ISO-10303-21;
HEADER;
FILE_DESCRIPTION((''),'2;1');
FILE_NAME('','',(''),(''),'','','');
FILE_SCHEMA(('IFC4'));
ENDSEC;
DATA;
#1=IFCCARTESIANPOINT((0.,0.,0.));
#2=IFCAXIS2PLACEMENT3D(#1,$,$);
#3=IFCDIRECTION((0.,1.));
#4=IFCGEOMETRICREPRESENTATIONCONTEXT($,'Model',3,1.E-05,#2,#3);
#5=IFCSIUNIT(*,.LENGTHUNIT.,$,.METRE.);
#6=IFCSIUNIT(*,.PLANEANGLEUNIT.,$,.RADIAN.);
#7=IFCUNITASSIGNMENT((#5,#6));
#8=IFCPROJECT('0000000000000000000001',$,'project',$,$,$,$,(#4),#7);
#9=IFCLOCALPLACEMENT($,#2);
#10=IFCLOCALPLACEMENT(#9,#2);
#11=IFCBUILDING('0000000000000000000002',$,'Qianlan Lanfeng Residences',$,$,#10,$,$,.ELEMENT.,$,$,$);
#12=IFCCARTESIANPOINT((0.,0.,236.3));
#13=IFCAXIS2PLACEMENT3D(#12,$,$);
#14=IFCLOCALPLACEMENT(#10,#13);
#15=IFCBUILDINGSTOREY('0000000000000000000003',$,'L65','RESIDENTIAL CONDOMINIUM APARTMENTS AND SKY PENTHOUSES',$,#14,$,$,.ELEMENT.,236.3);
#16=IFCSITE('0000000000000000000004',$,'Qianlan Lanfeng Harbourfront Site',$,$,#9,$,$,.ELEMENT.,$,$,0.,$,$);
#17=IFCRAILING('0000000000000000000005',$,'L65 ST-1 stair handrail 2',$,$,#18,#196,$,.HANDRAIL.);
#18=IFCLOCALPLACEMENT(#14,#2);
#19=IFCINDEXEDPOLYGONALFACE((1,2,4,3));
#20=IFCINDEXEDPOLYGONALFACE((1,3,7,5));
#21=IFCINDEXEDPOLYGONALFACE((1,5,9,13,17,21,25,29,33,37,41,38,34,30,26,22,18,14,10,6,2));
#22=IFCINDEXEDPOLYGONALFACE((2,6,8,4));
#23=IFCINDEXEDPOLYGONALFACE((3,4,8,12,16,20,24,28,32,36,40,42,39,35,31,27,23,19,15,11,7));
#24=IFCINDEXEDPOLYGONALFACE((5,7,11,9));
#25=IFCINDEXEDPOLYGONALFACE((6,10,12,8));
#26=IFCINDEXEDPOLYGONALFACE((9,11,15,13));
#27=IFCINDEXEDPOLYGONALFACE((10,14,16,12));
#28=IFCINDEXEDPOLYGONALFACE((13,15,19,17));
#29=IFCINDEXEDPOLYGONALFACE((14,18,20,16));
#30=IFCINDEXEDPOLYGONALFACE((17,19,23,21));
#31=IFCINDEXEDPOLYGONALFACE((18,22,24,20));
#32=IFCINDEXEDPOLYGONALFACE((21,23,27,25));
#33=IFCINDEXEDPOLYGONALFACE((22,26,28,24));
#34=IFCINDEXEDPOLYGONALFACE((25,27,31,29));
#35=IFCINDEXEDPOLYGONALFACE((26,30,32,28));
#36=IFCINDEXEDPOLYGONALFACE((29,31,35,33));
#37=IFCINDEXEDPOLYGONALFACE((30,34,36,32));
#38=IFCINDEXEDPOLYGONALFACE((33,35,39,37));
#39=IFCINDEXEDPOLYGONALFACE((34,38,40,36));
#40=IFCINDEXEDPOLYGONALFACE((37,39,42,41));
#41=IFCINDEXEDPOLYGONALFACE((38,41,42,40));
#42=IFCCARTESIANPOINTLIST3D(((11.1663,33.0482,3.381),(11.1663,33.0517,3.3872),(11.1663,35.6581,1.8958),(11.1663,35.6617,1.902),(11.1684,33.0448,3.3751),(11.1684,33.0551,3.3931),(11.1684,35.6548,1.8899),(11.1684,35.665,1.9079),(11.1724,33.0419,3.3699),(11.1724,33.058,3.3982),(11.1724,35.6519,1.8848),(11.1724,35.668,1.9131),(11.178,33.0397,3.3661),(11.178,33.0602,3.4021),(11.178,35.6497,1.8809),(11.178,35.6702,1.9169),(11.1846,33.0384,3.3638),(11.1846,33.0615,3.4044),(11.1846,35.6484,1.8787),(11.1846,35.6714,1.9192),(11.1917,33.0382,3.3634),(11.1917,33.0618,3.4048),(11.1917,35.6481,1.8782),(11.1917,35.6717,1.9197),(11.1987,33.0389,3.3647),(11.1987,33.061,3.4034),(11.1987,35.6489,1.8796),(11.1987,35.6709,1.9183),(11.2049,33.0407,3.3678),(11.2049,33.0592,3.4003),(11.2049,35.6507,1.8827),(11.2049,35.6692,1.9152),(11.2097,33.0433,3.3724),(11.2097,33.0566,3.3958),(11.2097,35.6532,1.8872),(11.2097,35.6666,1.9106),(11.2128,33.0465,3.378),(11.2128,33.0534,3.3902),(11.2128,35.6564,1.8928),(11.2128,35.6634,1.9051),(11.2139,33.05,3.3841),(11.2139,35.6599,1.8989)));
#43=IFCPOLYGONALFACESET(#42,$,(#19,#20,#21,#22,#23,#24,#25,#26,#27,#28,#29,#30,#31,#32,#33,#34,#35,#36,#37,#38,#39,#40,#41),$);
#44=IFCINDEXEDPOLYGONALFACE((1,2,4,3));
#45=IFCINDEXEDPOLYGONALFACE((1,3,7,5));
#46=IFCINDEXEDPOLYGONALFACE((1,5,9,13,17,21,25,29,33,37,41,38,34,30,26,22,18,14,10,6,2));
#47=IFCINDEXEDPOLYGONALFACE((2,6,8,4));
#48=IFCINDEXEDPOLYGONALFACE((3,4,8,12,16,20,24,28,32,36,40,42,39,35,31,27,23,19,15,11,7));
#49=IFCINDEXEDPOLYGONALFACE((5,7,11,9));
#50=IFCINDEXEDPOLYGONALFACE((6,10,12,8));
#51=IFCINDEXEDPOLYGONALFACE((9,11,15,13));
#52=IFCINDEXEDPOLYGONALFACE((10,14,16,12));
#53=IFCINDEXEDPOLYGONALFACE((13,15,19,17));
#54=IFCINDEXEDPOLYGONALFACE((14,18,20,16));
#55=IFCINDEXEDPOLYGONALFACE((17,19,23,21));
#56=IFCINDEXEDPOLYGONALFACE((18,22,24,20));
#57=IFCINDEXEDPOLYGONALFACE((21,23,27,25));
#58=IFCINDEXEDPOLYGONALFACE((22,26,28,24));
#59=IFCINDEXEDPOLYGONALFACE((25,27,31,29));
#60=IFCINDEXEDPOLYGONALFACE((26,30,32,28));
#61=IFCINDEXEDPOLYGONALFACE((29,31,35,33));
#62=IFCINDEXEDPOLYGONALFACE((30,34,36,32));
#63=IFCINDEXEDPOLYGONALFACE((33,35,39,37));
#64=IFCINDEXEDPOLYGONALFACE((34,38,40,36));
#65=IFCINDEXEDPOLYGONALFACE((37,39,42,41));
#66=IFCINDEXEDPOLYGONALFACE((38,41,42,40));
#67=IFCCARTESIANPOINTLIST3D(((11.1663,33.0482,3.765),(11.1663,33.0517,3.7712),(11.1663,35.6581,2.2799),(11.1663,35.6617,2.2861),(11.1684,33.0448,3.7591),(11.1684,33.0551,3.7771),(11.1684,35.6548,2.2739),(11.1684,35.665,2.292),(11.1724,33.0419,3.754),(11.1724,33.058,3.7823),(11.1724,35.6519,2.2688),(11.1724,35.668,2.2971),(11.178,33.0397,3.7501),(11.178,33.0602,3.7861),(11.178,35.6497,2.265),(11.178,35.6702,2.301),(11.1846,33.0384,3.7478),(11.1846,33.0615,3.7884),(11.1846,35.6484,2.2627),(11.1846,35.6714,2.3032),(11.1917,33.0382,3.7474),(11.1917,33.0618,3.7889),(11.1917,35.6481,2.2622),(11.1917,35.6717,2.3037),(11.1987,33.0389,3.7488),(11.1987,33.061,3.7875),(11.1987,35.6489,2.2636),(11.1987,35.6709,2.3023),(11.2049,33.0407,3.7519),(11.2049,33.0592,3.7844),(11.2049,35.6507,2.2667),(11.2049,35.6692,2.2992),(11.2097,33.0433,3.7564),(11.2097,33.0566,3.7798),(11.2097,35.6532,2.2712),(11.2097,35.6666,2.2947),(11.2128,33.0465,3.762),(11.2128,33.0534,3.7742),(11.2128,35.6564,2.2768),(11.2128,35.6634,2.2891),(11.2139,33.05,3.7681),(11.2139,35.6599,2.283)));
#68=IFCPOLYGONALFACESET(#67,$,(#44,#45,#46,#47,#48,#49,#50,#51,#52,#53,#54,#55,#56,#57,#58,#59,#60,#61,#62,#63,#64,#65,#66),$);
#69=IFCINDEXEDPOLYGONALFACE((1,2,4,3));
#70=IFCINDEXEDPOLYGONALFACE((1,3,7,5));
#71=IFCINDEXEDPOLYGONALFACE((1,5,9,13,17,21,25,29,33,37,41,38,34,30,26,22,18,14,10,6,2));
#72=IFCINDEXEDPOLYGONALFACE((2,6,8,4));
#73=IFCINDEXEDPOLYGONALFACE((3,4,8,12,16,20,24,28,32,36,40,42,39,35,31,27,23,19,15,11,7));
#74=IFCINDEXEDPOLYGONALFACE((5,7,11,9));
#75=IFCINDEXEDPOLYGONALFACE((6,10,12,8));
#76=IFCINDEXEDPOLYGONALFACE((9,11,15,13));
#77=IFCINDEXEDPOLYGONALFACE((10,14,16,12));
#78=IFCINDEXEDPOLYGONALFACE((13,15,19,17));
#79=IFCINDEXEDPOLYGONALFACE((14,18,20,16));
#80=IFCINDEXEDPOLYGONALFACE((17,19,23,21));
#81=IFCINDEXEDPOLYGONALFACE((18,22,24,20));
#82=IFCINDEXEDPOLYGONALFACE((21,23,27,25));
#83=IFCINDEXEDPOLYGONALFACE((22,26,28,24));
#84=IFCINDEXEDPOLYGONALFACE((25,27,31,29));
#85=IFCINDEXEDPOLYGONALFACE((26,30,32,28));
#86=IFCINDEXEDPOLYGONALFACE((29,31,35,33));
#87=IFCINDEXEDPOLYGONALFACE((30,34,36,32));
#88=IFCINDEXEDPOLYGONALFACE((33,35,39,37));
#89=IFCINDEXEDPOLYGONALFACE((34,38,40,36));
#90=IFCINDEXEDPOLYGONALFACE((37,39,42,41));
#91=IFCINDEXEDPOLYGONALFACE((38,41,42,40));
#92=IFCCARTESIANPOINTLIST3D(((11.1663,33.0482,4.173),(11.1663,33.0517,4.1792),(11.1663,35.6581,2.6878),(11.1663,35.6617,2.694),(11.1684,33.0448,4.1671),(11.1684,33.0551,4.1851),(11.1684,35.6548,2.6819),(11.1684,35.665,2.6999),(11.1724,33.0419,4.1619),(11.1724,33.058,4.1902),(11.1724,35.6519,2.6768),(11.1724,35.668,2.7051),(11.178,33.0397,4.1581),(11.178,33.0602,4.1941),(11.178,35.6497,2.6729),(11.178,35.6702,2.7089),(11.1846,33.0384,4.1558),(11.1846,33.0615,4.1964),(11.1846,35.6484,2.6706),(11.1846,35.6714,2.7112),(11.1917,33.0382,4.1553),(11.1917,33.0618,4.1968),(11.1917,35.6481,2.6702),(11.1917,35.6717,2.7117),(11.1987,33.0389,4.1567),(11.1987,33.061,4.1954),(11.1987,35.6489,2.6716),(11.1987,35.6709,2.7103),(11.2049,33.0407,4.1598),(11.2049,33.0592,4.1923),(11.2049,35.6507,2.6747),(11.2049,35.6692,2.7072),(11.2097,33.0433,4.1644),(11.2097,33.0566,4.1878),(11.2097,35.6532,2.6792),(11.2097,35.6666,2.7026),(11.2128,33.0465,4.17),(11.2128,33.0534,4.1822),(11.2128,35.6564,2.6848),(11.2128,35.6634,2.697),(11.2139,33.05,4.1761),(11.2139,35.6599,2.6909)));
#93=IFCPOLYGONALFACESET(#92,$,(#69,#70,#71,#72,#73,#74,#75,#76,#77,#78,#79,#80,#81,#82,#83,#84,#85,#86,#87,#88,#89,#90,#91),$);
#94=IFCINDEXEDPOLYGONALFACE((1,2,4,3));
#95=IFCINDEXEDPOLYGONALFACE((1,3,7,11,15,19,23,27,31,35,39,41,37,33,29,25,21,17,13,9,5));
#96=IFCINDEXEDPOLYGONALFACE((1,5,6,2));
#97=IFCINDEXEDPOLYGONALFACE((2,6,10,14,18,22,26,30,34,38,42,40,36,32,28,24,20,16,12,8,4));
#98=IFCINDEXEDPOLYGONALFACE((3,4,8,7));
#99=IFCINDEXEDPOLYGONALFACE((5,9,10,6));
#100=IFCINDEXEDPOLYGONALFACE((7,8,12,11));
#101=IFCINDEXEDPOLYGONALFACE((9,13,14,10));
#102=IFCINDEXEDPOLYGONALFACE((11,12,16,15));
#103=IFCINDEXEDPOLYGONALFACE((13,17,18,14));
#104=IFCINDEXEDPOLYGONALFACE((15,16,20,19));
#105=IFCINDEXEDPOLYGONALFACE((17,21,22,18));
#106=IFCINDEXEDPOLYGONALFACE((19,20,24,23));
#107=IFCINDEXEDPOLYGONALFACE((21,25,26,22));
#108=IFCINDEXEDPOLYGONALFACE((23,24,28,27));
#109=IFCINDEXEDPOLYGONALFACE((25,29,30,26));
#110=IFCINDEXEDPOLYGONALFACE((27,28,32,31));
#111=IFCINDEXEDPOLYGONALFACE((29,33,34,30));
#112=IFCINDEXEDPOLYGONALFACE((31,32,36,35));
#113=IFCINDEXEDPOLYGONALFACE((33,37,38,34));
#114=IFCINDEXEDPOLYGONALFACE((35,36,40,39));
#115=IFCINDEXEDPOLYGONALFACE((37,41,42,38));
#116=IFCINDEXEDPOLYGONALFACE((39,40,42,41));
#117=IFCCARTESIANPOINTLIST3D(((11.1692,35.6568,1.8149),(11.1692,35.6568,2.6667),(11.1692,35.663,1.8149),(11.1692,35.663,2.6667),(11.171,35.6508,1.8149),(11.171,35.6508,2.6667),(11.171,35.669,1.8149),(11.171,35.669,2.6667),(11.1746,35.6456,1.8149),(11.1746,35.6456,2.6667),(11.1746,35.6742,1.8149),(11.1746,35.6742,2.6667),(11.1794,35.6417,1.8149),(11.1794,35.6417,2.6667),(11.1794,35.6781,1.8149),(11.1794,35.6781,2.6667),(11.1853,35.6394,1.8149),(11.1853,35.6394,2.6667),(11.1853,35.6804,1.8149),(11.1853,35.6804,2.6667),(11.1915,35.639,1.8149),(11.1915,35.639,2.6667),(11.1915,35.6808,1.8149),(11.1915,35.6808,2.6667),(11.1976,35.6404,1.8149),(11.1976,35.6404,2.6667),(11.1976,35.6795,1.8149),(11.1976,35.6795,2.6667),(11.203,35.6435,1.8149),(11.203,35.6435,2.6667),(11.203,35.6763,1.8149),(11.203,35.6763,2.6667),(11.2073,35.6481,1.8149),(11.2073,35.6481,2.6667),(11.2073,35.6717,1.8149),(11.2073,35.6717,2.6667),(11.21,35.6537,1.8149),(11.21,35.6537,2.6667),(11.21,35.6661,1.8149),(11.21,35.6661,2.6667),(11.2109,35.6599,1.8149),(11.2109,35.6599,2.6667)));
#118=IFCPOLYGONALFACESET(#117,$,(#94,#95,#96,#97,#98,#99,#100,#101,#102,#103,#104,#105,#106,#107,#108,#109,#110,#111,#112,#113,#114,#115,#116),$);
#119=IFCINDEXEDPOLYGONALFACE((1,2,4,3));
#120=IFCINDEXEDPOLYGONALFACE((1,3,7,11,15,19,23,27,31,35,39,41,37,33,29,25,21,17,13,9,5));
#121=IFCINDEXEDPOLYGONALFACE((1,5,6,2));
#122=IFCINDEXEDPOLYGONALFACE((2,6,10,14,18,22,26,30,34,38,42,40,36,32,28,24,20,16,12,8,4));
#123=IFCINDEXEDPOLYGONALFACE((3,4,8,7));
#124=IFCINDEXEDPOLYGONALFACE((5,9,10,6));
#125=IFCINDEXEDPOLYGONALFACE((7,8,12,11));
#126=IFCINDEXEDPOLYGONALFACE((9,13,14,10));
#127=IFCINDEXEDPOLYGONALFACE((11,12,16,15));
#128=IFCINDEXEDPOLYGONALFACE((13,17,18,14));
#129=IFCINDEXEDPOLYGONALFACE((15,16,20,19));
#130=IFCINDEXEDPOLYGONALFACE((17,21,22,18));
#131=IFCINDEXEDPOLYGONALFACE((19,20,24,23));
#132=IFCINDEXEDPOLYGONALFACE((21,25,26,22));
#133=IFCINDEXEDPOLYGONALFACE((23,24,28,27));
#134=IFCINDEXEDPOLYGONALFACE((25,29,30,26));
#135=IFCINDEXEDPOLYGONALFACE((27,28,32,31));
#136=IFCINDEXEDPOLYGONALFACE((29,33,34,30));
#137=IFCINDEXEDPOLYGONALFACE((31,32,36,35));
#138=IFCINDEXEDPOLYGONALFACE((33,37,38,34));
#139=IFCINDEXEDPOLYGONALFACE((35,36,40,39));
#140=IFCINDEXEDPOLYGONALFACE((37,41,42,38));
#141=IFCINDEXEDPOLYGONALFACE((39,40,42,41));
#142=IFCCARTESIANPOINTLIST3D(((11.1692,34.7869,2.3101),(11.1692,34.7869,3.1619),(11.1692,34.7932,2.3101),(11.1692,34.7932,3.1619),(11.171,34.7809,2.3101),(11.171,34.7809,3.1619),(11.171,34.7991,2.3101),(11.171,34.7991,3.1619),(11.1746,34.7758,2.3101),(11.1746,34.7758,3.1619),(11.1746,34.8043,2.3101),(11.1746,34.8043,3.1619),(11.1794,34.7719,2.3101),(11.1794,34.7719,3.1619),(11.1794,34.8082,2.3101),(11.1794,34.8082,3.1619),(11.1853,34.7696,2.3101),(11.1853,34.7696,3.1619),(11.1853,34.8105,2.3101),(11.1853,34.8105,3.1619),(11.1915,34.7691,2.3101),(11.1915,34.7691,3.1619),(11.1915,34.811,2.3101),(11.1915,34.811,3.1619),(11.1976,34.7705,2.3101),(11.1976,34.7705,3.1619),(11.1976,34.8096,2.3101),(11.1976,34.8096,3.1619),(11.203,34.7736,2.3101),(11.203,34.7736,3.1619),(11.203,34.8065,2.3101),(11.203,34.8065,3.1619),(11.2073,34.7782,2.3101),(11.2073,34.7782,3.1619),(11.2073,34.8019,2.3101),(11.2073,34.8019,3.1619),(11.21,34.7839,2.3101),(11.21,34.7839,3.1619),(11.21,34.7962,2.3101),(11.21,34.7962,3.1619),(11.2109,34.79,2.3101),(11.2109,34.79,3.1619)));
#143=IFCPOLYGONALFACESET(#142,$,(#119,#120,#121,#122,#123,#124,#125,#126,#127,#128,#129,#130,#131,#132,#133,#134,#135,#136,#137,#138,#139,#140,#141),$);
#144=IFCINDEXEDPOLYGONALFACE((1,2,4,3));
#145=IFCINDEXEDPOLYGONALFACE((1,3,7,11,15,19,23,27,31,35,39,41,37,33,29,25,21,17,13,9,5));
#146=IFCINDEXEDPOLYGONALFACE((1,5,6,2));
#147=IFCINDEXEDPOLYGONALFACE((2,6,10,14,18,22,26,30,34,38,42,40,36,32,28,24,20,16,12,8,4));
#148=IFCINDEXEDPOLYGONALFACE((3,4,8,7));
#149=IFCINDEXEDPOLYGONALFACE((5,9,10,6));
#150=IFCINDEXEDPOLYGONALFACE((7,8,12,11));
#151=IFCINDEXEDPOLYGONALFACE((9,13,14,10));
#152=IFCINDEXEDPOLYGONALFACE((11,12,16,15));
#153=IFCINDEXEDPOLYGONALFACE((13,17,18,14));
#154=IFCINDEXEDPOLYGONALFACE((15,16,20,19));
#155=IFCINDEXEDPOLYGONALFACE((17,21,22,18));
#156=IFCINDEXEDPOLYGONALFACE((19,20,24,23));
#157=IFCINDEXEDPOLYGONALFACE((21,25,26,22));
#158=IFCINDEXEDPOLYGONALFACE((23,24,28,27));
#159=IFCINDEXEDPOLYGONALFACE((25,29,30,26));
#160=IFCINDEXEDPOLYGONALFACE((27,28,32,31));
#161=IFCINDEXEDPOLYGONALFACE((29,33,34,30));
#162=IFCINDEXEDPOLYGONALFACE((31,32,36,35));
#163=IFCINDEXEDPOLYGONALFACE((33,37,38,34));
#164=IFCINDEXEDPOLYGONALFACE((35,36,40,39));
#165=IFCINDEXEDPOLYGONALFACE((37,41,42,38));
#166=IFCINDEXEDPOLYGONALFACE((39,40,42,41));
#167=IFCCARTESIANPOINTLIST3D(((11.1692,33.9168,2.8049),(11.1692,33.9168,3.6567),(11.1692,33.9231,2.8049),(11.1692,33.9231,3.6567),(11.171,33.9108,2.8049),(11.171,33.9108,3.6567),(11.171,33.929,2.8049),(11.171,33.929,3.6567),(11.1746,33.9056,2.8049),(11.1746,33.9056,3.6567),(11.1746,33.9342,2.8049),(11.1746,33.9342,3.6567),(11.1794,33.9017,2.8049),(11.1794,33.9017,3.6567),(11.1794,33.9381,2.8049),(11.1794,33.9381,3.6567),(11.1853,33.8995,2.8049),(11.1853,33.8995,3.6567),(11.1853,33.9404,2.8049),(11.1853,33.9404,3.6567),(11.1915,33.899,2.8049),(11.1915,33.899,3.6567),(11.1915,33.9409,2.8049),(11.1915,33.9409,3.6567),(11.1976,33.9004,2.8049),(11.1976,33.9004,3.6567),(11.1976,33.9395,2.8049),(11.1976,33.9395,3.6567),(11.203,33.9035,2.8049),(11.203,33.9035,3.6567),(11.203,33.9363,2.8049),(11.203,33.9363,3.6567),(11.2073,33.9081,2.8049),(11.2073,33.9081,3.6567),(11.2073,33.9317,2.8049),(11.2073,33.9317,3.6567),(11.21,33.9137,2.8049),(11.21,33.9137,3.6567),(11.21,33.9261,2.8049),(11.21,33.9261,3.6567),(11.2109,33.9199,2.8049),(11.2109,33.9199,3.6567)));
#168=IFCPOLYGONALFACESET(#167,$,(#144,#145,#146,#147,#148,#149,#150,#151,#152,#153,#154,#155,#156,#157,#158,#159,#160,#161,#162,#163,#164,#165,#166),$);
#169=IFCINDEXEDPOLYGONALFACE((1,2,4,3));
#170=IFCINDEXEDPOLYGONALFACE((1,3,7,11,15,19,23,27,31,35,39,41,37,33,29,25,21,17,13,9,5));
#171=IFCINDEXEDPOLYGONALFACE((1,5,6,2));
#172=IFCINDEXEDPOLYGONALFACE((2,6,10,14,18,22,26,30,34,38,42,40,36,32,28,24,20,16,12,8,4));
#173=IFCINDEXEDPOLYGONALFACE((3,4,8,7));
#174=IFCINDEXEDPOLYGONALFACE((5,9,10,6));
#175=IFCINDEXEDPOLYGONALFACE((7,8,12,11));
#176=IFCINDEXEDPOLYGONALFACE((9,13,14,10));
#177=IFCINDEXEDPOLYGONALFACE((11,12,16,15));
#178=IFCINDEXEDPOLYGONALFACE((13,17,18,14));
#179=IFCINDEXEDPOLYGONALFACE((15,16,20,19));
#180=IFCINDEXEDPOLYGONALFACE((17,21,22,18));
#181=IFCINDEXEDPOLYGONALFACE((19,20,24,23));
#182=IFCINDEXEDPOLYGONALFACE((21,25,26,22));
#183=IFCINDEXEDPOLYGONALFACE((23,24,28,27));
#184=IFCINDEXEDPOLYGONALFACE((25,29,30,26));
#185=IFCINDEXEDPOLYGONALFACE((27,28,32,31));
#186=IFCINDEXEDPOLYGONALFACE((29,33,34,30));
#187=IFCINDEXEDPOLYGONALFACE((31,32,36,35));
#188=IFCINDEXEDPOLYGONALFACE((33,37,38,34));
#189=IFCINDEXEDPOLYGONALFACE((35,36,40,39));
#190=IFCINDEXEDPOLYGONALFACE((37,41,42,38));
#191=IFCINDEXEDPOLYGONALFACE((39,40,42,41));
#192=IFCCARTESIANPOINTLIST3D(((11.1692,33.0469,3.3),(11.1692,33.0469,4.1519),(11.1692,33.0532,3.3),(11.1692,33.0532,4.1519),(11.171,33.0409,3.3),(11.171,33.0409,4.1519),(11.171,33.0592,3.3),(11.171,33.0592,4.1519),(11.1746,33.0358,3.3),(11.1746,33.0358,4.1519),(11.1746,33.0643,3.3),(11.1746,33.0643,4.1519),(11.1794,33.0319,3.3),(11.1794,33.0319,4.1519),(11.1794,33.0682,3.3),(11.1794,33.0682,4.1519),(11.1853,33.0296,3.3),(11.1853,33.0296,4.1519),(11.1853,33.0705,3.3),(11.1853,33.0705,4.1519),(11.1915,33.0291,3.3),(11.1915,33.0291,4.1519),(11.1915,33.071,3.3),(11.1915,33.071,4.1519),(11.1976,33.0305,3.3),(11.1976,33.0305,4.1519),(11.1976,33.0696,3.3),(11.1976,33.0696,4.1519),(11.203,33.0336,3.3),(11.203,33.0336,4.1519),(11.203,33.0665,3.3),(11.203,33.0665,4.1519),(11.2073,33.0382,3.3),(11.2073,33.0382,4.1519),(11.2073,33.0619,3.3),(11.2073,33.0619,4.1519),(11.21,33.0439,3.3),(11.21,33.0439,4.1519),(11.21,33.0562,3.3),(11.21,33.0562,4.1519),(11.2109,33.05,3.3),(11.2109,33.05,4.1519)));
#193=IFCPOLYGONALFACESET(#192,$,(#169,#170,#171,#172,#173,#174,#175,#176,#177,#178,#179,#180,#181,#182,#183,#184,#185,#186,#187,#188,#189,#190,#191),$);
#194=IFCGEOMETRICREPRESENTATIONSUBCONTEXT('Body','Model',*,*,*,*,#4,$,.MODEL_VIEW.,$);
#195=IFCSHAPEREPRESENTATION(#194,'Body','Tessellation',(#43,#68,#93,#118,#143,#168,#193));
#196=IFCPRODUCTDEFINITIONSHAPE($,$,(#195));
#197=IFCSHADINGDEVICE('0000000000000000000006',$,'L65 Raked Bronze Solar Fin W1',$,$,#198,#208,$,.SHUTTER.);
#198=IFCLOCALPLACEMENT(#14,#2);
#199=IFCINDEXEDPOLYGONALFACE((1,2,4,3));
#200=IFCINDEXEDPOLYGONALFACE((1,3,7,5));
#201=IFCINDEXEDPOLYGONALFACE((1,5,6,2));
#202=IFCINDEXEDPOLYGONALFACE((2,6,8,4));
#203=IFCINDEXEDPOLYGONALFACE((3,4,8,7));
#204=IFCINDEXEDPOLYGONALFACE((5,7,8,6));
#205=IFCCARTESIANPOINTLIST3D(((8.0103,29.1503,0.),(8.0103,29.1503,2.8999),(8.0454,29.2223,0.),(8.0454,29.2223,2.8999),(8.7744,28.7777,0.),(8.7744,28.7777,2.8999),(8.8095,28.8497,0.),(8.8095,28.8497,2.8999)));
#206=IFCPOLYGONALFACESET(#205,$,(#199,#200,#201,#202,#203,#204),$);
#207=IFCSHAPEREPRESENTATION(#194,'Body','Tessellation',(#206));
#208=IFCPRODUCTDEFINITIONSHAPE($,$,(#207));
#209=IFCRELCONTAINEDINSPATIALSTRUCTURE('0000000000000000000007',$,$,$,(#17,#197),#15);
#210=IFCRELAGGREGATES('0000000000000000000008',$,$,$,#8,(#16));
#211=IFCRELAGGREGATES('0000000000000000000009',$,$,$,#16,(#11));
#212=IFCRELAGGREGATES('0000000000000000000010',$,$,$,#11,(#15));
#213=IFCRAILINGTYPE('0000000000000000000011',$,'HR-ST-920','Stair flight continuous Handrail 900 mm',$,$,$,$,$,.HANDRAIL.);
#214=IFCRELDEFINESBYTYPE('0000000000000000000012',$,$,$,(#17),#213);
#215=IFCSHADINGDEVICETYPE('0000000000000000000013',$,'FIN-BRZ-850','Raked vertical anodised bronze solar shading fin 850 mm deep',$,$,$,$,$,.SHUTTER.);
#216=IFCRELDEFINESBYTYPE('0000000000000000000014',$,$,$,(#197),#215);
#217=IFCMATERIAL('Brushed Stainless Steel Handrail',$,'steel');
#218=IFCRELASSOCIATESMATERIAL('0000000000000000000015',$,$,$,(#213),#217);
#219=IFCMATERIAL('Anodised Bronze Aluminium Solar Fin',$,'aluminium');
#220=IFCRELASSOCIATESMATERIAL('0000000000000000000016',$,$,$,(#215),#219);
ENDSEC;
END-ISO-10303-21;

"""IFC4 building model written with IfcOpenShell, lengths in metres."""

from ifc_helpers import new_model, si_unit, direction, frame, origin, origin_2d, place, context, subcontext, project, spatial, rectangle, circle, extrude, source, transform, mapped, material, type_object, element, save


model = new_model("IFC4")

# Units and contexts
model_context = context("Model", 3, precision=1e-05, world=origin(), true_north=direction((0.0, 1.0)))
body_context = subcontext(model_context, "Body", "Model", "MODEL_VIEW")
ifc_project = project(units=[si_unit("LENGTHUNIT", "METRE"), si_unit("PLANEANGLEUNIT", "RADIAN")], contexts=[model_context])

# Site, building, storey
site_placement = place(None, origin())
site = spatial("IfcSite", under=ifc_project, at=site_placement, Name="Qianlan Lanfeng Harbourfront Site", CompositionType="ELEMENT", RefElevation=0.0)
building_placement = place(site_placement, origin())
building = spatial("IfcBuilding", under=site, at=building_placement, Name="Qianlan Lanfeng Residences", CompositionType="ELEMENT")
storey_placement = place(building_placement, frame((0.0, 0.0, 236.3)))
storey = spatial("IfcBuildingStorey", under=building, at=storey_placement, Name="L65", Description="RESIDENTIAL CONDOMINIUM APARTMENTS AND SKY PENTHOUSES", CompositionType="ELEMENT", Elevation=236.3)

# Railing
ifc_material_1 = material(Name="Brushed Stainless Steel Handrail", Category="steel")
railing_type_1 = type_object("IfcRailingType", Name="HR-ST-920", Description="Stair flight continuous Handrail 900 mm", PredefinedType="HANDRAIL", material=ifc_material_1)
railing_1_placement = place(storey_placement, frame((11.1899, 35.6599, 1.8149)))
element("IfcRailing", 1, at=railing_1_placement, inside=storey, type_object=railing_type_1, Name="L65 ST-1 stair handrail 2", PredefinedType="HANDRAIL", context=body_context, shape_type="SweptSolid", body=[
    extrude(circle(Radius=0.0239, at=origin_2d()), frame((0.0, 0.0, 0.084), z_axis=(0.0, -0.869137, 0.494571), x_axis=(1.0, 0.0, 0.0)), (0.0, 0.0, 1.0), 3.0029),
    extrude(circle(Radius=0.0239, at=origin_2d()), frame((0.0, 0.0, 0.468), z_axis=(0.0, -0.869137, 0.494571), x_axis=(1.0, 0.0, 0.0)), (0.0, 0.0, 1.0), 3.0029),
    extrude(circle(Radius=0.0239, at=origin_2d()), frame((0.0, 0.0, 0.876), z_axis=(0.0, -0.869137, 0.494571), x_axis=(1.0, 0.0, 0.0)), (0.0, 0.0, 1.0), 3.0029),
    extrude(circle(Radius=0.021, at=origin_2d()), origin(), (0.0, 0.0, 1.0), 0.8518),
    extrude(circle(Radius=0.021, at=origin_2d()), frame((0.0, -0.8699, 0.4951)), (0.0, 0.0, 1.0), 0.8518),
    extrude(circle(Radius=0.021, at=origin_2d()), frame((0.0, -1.74, 0.99)), (0.0, 0.0, 1.0), 0.8518),
    extrude(circle(Radius=0.021, at=origin_2d()), frame((0.0, -2.6099, 1.4851)), (0.0, 0.0, 1.0), 0.8518),
])

# Shading device
ifc_material_2 = material(Name="Anodised Bronze Aluminium Solar Fin", Category="aluminium")
shading_device_type = type_object("IfcShadingDeviceType", Name="FIN-BRZ-850", Description="Raked vertical anodised bronze solar shading fin 850 mm deep", PredefinedType="SHUTTER", material=ifc_material_2)
shared_shape_1 = source(origin(), body_context, "Body", "SweptSolid", [
    extrude(rectangle(XDim=0.8501, YDim=0.0801, at=origin_2d()), origin(), (0.0, 0.0, 1.0), 2.8999),
])
for number, where, z_axis, x_axis, name in (
    (2, (8.4099, 29.0, 0.0), (0.0, 0.0, 1.0), (0.898794, -0.438371, 0.0), "L65 Raked Bronze Solar Fin W1"),
):
    element("IfcShadingDevice", number, at=place(storey_placement, frame(where, z_axis=z_axis, x_axis=x_axis)), inside=storey, type_object=shading_device_type, Name=name, PredefinedType="SHUTTER", context=body_context, shape_type="MappedRepresentation", body=[
        mapped(shared_shape_1, transform((0.0, 0.0, 0.0), scale=1.0)),
    ])

save(model, "model.ifc")
